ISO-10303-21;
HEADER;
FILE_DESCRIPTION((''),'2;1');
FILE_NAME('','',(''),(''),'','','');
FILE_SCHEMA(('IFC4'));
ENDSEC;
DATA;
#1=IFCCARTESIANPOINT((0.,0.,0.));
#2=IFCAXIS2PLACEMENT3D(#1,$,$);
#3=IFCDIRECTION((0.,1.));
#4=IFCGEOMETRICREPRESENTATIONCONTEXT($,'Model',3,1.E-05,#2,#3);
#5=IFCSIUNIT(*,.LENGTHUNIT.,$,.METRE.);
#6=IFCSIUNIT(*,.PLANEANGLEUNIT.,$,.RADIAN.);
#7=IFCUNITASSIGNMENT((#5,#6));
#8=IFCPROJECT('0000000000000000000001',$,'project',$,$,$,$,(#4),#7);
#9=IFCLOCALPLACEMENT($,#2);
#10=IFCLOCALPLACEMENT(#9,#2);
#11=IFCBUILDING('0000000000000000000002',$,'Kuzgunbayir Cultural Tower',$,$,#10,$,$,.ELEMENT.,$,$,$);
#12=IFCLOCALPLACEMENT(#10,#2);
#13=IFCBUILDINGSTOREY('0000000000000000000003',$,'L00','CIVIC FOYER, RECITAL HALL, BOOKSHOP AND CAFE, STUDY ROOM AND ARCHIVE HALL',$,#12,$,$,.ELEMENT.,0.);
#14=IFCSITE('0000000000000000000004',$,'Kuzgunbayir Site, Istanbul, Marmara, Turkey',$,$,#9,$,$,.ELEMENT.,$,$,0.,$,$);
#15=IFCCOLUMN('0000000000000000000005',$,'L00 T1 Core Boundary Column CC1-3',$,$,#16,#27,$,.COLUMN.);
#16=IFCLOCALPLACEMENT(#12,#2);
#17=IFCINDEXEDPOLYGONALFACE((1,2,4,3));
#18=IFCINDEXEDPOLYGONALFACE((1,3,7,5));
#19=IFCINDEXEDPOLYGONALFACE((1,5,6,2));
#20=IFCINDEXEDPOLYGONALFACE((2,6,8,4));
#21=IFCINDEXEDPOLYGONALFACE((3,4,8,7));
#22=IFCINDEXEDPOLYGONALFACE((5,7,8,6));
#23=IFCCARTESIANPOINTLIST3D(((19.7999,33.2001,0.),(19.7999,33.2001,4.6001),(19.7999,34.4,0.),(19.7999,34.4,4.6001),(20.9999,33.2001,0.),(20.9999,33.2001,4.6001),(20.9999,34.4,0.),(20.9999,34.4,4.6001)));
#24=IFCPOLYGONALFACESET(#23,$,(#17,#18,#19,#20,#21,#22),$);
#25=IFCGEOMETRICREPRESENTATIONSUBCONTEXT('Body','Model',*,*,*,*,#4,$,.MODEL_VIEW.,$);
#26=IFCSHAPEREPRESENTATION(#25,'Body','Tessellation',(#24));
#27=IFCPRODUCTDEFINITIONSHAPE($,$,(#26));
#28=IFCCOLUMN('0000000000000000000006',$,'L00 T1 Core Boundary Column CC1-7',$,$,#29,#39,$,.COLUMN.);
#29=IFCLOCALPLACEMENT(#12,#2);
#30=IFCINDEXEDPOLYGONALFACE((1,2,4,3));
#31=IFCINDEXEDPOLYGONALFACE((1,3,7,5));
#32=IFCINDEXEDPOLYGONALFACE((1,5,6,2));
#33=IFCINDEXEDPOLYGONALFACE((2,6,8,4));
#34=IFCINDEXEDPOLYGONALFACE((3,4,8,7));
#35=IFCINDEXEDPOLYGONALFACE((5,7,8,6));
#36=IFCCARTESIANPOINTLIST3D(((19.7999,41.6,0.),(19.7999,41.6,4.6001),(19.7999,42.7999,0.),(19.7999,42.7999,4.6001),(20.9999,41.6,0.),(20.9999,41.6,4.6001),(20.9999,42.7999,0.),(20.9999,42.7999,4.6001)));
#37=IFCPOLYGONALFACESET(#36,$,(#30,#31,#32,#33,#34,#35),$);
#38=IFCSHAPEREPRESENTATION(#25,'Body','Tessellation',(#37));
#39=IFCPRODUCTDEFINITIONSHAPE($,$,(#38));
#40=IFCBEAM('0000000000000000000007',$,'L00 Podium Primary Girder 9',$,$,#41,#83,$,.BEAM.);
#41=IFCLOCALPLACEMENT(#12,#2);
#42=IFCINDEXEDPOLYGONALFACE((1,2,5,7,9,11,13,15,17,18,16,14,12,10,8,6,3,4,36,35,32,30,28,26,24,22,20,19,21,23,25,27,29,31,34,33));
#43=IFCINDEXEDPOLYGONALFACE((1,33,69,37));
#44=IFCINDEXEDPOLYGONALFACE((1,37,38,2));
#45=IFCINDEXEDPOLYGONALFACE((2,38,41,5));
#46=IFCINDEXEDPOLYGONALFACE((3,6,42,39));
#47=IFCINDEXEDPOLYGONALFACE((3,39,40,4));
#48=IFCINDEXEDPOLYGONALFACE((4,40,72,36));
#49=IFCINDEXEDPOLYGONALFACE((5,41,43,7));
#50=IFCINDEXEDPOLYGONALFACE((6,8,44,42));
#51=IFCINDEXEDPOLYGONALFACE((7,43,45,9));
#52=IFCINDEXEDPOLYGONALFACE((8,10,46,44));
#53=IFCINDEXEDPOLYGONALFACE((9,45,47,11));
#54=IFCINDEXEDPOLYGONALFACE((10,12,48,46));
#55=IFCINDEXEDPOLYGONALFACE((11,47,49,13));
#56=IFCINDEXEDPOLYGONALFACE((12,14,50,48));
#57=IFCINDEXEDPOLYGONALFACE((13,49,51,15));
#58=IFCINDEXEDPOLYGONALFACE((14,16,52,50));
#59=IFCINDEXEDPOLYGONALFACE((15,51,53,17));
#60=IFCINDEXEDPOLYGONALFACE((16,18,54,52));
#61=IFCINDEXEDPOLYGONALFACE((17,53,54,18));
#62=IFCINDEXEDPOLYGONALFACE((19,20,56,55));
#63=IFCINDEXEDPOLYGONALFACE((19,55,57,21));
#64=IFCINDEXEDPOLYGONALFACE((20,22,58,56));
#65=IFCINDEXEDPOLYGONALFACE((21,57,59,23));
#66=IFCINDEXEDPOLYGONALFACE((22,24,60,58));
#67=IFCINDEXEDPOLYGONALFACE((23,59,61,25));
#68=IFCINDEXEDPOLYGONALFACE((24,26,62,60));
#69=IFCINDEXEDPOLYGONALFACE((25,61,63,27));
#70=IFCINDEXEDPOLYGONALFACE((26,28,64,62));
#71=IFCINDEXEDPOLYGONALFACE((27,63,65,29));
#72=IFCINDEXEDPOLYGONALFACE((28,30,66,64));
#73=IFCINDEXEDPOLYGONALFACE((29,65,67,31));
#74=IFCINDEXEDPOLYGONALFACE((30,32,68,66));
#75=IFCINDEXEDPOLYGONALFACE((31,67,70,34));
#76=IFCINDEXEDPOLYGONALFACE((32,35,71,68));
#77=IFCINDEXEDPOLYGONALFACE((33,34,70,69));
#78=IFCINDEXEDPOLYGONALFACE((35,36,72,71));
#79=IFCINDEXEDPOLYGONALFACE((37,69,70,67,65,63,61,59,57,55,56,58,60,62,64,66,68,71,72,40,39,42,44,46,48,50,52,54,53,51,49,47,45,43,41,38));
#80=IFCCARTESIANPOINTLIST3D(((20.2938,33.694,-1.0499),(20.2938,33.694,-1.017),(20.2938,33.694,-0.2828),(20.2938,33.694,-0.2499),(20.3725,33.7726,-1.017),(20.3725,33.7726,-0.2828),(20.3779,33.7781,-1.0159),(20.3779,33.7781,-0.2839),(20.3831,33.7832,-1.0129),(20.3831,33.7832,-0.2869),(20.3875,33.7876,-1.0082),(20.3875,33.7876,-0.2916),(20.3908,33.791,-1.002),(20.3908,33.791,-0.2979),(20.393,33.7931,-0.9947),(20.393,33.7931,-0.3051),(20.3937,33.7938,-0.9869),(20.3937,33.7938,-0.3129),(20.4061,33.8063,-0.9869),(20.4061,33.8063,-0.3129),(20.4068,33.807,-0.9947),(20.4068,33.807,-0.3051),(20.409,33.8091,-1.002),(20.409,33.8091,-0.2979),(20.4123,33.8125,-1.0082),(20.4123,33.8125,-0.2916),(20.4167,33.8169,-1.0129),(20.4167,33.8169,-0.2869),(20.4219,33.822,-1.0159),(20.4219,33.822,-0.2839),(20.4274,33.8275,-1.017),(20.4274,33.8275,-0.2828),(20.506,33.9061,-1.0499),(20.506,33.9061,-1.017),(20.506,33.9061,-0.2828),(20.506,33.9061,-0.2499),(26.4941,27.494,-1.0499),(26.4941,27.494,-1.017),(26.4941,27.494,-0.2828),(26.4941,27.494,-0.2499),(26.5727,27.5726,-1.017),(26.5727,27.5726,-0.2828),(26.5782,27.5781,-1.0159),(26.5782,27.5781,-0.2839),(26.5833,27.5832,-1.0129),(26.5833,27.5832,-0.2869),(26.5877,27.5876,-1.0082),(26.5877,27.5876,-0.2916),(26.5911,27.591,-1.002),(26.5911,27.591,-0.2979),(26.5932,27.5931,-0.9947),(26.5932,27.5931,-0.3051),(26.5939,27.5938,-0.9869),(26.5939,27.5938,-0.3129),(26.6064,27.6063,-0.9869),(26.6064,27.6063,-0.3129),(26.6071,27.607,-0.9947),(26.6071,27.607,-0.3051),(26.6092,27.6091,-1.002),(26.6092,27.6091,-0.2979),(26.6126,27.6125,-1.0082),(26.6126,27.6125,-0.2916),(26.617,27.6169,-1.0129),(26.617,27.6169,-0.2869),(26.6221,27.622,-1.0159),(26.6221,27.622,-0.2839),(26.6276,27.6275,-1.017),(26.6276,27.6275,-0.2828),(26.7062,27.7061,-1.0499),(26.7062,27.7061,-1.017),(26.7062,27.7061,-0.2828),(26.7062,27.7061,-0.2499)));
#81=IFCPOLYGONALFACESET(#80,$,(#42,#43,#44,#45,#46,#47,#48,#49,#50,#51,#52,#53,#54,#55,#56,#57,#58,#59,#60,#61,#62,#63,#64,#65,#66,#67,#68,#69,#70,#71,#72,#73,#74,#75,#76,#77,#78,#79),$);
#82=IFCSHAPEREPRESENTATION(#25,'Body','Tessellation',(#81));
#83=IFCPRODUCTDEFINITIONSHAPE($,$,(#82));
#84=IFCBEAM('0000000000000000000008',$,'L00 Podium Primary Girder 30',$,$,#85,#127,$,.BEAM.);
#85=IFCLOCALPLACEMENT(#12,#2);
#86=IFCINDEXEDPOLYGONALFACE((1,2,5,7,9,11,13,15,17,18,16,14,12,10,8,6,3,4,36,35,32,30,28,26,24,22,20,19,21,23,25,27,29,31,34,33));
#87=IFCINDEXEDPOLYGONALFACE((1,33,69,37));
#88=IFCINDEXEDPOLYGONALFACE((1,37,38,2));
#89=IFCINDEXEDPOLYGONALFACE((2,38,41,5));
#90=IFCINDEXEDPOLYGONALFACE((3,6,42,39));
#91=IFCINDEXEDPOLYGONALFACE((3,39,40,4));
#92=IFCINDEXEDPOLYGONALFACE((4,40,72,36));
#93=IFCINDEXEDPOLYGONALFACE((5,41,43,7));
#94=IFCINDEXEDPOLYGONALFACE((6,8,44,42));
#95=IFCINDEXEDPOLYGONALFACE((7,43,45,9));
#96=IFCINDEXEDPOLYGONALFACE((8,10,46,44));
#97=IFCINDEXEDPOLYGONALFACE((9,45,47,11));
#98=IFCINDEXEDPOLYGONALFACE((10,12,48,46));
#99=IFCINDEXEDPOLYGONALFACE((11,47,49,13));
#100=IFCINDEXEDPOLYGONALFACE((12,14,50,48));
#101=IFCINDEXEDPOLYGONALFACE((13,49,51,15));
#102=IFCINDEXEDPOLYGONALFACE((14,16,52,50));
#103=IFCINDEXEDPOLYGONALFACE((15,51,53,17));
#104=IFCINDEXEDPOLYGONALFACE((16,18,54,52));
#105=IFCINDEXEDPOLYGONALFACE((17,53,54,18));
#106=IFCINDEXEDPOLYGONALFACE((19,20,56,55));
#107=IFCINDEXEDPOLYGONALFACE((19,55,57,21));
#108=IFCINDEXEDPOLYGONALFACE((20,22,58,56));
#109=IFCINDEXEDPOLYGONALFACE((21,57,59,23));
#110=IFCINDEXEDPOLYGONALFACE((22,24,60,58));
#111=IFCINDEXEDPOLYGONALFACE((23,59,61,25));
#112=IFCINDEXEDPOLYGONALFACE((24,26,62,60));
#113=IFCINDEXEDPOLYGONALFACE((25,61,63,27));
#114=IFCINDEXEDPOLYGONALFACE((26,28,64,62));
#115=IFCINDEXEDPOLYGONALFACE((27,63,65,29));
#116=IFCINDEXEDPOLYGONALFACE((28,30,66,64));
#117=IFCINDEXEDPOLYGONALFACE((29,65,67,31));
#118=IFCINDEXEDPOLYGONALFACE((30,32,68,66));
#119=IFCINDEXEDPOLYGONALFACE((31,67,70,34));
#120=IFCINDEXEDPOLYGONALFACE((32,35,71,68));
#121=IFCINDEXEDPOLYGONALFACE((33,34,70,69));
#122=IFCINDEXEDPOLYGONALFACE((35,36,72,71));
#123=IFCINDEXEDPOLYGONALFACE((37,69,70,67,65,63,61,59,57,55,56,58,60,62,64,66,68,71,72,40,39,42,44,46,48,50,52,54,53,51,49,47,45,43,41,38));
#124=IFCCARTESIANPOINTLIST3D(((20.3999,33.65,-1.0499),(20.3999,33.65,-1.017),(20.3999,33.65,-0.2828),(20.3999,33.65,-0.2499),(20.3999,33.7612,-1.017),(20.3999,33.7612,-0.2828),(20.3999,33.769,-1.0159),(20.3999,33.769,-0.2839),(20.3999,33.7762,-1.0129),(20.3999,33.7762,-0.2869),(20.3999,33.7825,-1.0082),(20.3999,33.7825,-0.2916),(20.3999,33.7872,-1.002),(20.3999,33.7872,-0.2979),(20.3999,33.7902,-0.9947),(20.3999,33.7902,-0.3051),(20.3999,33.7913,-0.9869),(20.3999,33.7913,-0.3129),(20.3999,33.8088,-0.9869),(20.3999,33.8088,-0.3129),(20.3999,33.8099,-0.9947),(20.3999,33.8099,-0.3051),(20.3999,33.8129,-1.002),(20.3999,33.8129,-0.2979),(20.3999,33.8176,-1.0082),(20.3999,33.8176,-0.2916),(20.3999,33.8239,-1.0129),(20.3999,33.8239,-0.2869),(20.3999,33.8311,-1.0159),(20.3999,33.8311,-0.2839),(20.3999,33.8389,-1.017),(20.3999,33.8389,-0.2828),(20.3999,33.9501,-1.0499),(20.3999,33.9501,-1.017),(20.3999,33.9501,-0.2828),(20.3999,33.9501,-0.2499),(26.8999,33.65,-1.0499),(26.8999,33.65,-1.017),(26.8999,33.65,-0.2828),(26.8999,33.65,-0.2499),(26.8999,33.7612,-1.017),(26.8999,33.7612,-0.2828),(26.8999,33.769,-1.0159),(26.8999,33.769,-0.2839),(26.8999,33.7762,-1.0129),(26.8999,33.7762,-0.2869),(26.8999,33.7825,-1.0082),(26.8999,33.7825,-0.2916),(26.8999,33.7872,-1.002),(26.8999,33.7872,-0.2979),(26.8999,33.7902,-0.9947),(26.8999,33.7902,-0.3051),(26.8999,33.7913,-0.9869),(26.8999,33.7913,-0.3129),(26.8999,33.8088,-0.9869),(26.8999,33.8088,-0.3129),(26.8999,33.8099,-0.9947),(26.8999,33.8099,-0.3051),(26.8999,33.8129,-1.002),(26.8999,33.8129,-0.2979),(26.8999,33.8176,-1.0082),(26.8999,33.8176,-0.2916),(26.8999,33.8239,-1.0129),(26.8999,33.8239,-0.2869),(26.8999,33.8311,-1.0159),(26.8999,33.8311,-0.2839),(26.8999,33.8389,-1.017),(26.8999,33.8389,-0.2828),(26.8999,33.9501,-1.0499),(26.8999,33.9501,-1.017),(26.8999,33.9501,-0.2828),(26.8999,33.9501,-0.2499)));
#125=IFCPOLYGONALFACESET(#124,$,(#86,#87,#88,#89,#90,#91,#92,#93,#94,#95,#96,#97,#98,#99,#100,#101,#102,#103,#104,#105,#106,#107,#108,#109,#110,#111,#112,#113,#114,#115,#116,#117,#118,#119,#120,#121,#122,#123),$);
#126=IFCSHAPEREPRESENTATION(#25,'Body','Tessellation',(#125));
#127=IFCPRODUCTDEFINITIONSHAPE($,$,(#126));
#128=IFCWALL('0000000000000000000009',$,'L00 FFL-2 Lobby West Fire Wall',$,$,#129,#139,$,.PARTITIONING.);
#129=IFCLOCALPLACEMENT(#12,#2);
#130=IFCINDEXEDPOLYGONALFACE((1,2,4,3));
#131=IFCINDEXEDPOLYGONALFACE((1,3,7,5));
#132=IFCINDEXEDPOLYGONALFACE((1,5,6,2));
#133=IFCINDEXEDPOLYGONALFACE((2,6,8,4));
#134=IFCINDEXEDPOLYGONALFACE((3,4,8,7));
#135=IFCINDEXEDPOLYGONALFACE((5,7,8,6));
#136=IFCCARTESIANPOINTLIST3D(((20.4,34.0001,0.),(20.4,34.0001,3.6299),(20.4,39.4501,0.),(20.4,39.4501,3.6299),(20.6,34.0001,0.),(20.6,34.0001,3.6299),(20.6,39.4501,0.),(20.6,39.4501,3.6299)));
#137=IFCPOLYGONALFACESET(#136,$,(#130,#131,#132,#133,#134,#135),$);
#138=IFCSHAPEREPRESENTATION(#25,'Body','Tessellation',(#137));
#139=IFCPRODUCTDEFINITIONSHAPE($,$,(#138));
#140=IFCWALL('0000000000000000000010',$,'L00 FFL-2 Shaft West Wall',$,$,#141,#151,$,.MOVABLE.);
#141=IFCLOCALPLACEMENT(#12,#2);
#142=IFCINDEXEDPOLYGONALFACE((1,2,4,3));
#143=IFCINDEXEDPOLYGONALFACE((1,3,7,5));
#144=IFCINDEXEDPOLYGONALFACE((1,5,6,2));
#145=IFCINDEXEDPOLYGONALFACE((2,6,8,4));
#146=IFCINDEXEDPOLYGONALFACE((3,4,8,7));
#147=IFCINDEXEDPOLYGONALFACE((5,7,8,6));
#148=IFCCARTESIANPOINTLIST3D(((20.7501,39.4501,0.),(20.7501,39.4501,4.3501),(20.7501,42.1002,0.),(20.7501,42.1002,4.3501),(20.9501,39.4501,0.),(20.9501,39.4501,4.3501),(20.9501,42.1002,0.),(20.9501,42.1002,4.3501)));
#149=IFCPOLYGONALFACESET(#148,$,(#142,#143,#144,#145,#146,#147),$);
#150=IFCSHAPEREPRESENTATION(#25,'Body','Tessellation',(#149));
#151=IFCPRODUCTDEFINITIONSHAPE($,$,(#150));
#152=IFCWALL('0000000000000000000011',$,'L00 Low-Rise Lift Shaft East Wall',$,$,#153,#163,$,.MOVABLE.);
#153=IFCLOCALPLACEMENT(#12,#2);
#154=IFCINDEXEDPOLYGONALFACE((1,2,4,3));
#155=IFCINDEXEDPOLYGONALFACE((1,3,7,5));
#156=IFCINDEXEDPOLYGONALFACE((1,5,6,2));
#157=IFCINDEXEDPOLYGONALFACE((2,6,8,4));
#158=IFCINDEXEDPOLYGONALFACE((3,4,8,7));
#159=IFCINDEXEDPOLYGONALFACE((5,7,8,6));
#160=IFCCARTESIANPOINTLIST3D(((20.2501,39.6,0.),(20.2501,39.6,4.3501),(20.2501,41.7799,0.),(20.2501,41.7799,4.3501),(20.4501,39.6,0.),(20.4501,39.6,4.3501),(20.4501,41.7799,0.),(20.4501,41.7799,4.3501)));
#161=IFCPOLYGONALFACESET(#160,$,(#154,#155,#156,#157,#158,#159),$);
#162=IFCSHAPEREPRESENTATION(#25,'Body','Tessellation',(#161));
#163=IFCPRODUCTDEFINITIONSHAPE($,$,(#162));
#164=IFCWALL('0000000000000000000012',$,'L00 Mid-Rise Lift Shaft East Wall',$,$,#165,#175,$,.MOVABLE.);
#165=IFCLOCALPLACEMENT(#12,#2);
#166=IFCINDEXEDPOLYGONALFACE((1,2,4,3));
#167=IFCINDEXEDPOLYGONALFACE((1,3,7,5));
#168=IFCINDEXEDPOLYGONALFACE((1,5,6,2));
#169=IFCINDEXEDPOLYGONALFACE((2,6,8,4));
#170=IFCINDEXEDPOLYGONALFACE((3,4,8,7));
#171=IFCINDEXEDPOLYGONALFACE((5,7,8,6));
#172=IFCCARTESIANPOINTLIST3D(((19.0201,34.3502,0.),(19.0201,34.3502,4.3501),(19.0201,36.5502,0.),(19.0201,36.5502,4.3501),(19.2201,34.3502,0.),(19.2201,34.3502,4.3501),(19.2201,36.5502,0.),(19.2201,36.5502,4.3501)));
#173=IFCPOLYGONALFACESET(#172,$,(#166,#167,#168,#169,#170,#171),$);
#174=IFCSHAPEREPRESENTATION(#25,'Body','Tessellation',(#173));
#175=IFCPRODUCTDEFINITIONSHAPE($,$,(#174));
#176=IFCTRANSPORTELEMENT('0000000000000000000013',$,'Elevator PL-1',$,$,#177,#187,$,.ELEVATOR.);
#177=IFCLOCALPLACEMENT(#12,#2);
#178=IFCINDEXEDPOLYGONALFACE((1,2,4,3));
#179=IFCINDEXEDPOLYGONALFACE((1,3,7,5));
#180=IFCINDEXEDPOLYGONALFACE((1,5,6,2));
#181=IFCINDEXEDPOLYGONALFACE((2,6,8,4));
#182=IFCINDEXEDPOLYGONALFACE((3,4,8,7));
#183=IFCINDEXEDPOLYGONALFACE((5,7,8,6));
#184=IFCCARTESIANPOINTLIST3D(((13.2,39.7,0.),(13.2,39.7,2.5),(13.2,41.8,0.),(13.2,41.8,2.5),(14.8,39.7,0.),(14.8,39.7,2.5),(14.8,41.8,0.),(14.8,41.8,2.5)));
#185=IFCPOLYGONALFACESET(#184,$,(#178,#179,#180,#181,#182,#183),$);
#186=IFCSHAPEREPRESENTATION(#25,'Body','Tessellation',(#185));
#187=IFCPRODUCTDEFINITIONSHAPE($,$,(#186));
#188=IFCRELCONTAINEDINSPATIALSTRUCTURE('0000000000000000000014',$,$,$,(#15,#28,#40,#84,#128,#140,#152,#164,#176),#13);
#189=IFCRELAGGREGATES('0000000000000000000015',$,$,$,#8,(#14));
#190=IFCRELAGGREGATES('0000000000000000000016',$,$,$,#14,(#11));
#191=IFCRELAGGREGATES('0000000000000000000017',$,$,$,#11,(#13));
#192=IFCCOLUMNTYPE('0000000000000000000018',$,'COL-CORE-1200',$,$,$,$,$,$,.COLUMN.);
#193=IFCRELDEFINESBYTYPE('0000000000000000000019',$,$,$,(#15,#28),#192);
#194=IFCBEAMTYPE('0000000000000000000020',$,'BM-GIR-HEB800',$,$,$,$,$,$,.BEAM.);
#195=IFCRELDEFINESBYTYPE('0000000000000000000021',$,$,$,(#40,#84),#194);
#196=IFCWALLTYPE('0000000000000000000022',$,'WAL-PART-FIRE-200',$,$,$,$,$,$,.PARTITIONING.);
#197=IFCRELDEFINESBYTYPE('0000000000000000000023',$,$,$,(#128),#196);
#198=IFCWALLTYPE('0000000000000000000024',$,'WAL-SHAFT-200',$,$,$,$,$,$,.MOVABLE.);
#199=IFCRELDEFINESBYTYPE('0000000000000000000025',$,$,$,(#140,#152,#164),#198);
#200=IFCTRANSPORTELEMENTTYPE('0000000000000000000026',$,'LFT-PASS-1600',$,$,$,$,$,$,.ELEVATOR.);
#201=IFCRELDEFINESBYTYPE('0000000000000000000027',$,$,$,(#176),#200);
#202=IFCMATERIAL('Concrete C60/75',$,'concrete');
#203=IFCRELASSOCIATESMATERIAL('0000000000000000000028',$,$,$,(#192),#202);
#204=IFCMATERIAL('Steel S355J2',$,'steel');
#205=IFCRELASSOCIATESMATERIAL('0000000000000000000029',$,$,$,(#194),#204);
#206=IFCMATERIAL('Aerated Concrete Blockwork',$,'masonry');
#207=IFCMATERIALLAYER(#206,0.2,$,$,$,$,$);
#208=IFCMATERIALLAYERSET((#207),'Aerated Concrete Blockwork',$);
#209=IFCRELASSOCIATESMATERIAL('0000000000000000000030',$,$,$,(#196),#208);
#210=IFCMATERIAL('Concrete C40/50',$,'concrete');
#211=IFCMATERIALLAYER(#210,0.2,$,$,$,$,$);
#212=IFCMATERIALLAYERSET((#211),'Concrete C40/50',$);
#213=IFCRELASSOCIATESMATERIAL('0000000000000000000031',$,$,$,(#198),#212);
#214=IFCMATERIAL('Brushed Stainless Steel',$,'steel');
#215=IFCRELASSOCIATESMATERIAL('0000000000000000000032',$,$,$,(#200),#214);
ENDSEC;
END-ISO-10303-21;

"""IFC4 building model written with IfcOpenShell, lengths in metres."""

from ifc_helpers import new_model, si_unit, direction, frame, frame_2d, origin, origin_2d, place, context, subcontext, project, spatial, rectangle, i_section, extrude, material, layer, layer_set, material_profile, profile_set, type_object, element, save


model = new_model("IFC4")

# Units and contexts
model_context = context("Model", 3, precision=1e-05, world=origin(), true_north=direction((0.0, 1.0)))
body_context = subcontext(model_context, "Body", "Model", "MODEL_VIEW")
ifc_project = project(units=[si_unit("LENGTHUNIT", "METRE"), si_unit("PLANEANGLEUNIT", "RADIAN")], contexts=[model_context])

# Site, building, storey
site_placement = place(None, origin())
site = spatial("IfcSite", under=ifc_project, at=site_placement, Name="Kuzgunbayir Site, Istanbul, Marmara, Turkey", CompositionType="ELEMENT", RefElevation=0.0)
building_placement = place(site_placement, origin())
building = spatial("IfcBuilding", under=site, at=building_placement, Name="Kuzgunbayir Cultural Tower", CompositionType="ELEMENT")
storey_placement = place(building_placement, origin())
storey = spatial("IfcBuildingStorey", under=building, at=storey_placement, Name="L00", Description="CIVIC FOYER, RECITAL HALL, BOOKSHOP AND CAFE, STUDY ROOM AND ARCHIVE HALL", CompositionType="ELEMENT", Elevation=0.0)

# Columns
ifc_material_1 = material(Name="Concrete C60/75", Category="concrete")
ifc_material_profile_1 = material_profile(ifc_material_1, rectangle(XDim=1.2, YDim=1.2, at=origin_2d()), Name="RC 1200x1200")
ifc_profile_set_1 = profile_set([ifc_material_profile_1], Name="Concrete C60/75")
column_type = type_object("IfcColumnType", Name="COL-CORE-1200", PredefinedType="COLUMN", material=ifc_profile_set_1)
for number, where, z_axis, x_axis, name in (
    (1, (20.3999, 33.8, 0.0), (0.0, 0.0, 1.0), (1.0, 0.0, 0.0), "L00 T1 Core Boundary Column CC1-3"),
    (2, (20.3999, 42.2, 0.0), (0.0, 0.0, 1.0), (1.0, 0.0, 0.0), "L00 T1 Core Boundary Column CC1-7"),
):
    element("IfcColumn", number, at=place(storey_placement, frame(where, z_axis=z_axis, x_axis=x_axis)), inside=storey, type_object=column_type, Name=name, PredefinedType="COLUMN", context=body_context, shape_type="SweptSolid", body=[
        extrude(rectangle(XDim=1.2, YDim=1.2, at=origin_2d()), origin(), (0.0, 0.0, 1.0), 4.6001),
    ])

# Beams
ifc_material_2 = material(Name="Steel S355J2", Category="steel")
ifc_material_profile_2 = material_profile(ifc_material_2, i_section(OverallWidth=0.3, OverallDepth=0.8, WebThickness=0.0176, FlangeThickness=0.033, FilletRadius=0.03, at=origin_2d()), Name="HEB 800")
ifc_profile_set_2 = profile_set([ifc_material_profile_2], Name="Steel S355J2")
beam_type = type_object("IfcBeamType", Name="BM-GIR-HEB800", PredefinedType="BEAM", material=ifc_profile_set_2)
beam_1_placement = place(storey_placement, frame((20.3999, 33.8, -0.6499), z_axis=(0.707121, -0.707093, 0.0), x_axis=(0.707093, 0.707121, 0.0)))
element("IfcBeam", 3, at=beam_1_placement, inside=storey, type_object=beam_type, Name="L00 Podium Primary Girder 9", PredefinedType="BEAM", context=body_context, shape_type="SweptSolid", body=[
    extrude(i_section(OverallWidth=0.3, OverallDepth=0.8, WebThickness=0.0176, FlangeThickness=0.033, FilletRadius=0.03, at=origin_2d()), origin(), (0.0, 0.0, 1.0), 8.7683),
])
beam_2_placement = place(storey_placement, frame((20.3999, 33.8, -0.6499), z_axis=(1.0, 0.0, 0.0), x_axis=(0.0, 1.0, 0.0)))
element("IfcBeam", 4, at=beam_2_placement, inside=storey, type_object=beam_type, Name="L00 Podium Primary Girder 30", PredefinedType="BEAM", context=body_context, shape_type="SweptSolid", body=[
    extrude(i_section(OverallWidth=0.3, OverallDepth=0.8, WebThickness=0.0176, FlangeThickness=0.033, FilletRadius=0.03, at=origin_2d()), origin(), (0.0, 0.0, 1.0), 6.5),
])

# Wall
ifc_material_3 = material(Name="Aerated Concrete Blockwork", Category="masonry")
ifc_layer_1 = layer(ifc_material_3, 0.2)
ifc_layer_set_1 = layer_set([ifc_layer_1], Name="Aerated Concrete Blockwork")
wall_type_1 = type_object("IfcWallType", Name="WAL-PART-FIRE-200", PredefinedType="PARTITIONING", material=ifc_layer_set_1)
wall_1_placement = place(storey_placement, frame((20.5, 34.0, 0.0), z_axis=(0.0, 0.0, 1.0), x_axis=(0.0, 1.0, 0.0)))
element("IfcWall", 5, at=wall_1_placement, inside=storey, type_object=wall_type_1, Name="L00 FFL-2 Lobby West Fire Wall", PredefinedType="PARTITIONING", context=body_context, shape_type="SweptSolid", body=[
    extrude(rectangle(XDim=5.45, YDim=0.2, at=frame_2d((2.7251, 0.0))), origin(), (0.0, 0.0, 1.0), 3.6299),
])

# Shared definitions
ifc_material_4 = material(Name="Concrete C40/50", Category="concrete")
ifc_layer_2 = layer(ifc_material_4, 0.2)
ifc_layer_set_2 = layer_set([ifc_layer_2], Name="Concrete C40/50")
wall_type_2 = type_object("IfcWallType", Name="WAL-SHAFT-200", PredefinedType="MOVABLE", material=ifc_layer_set_2)
ifc_material_5 = material(Name="Brushed Stainless Steel", Category="steel")

# Walls
wall_2_placement = place(storey_placement, frame((20.8501, 39.45, 0.0), z_axis=(0.0, 0.0, 1.0), x_axis=(0.0, 1.0, 0.0)))
element("IfcWall", 6, at=wall_2_placement, inside=storey, type_object=wall_type_2, Name="L00 FFL-2 Shaft West Wall", PredefinedType="MOVABLE", context=body_context, shape_type="SweptSolid", body=[
    extrude(rectangle(XDim=2.6501, YDim=0.2, at=frame_2d((1.3252, 0.0))), origin(), (0.0, 0.0, 1.0), 4.3501),
])
wall_3_placement = place(storey_placement, frame((20.3501, 39.6001, 0.0), z_axis=(0.0, 0.0, 1.0), x_axis=(0.0, 1.0, 0.0)))
element("IfcWall", 7, at=wall_3_placement, inside=storey, type_object=wall_type_2, Name="L00 Low-Rise Lift Shaft East Wall", PredefinedType="MOVABLE", context=body_context, shape_type="SweptSolid", body=[
    extrude(rectangle(XDim=2.1799, YDim=0.2, at=frame_2d((1.0898, 0.0))), origin(), (0.0, 0.0, 1.0), 4.3501),
])
wall_4_placement = place(storey_placement, frame((19.1201, 34.3501, 0.0), z_axis=(0.0, 0.0, 1.0), x_axis=(0.0, 1.0, 0.0)))
element("IfcWall", 8, at=wall_4_placement, inside=storey, type_object=wall_type_2, Name="L00 Mid-Rise Lift Shaft East Wall", PredefinedType="MOVABLE", context=body_context, shape_type="SweptSolid", body=[
    extrude(rectangle(XDim=2.2, YDim=0.2, at=frame_2d((1.1001, 0.0))), origin(), (0.0, 0.0, 1.0), 4.3501),
])

# Transport element
transport_element_type = type_object("IfcTransportElementType", Name="LFT-PASS-1600", PredefinedType="ELEVATOR", material=ifc_material_5)
for number, where, z_axis, x_axis, name in (
    (9, (14.0, 40.75, 0.0), (0.0, 0.0, 1.0), (1.0, 0.0, 0.0), "Elevator PL-1"),
):
    element("IfcTransportElement", number, at=place(storey_placement, frame(where, z_axis=z_axis, x_axis=x_axis)), inside=storey, type_object=transport_element_type, Name=name, PredefinedType="ELEVATOR", context=body_context, shape_type="SweptSolid", body=[
        extrude(rectangle(XDim=1.6001, YDim=2.1001, at=origin_2d()), origin(), (0.0, 0.0, 1.0), 2.5),
    ])

save(model, "model.ifc")
